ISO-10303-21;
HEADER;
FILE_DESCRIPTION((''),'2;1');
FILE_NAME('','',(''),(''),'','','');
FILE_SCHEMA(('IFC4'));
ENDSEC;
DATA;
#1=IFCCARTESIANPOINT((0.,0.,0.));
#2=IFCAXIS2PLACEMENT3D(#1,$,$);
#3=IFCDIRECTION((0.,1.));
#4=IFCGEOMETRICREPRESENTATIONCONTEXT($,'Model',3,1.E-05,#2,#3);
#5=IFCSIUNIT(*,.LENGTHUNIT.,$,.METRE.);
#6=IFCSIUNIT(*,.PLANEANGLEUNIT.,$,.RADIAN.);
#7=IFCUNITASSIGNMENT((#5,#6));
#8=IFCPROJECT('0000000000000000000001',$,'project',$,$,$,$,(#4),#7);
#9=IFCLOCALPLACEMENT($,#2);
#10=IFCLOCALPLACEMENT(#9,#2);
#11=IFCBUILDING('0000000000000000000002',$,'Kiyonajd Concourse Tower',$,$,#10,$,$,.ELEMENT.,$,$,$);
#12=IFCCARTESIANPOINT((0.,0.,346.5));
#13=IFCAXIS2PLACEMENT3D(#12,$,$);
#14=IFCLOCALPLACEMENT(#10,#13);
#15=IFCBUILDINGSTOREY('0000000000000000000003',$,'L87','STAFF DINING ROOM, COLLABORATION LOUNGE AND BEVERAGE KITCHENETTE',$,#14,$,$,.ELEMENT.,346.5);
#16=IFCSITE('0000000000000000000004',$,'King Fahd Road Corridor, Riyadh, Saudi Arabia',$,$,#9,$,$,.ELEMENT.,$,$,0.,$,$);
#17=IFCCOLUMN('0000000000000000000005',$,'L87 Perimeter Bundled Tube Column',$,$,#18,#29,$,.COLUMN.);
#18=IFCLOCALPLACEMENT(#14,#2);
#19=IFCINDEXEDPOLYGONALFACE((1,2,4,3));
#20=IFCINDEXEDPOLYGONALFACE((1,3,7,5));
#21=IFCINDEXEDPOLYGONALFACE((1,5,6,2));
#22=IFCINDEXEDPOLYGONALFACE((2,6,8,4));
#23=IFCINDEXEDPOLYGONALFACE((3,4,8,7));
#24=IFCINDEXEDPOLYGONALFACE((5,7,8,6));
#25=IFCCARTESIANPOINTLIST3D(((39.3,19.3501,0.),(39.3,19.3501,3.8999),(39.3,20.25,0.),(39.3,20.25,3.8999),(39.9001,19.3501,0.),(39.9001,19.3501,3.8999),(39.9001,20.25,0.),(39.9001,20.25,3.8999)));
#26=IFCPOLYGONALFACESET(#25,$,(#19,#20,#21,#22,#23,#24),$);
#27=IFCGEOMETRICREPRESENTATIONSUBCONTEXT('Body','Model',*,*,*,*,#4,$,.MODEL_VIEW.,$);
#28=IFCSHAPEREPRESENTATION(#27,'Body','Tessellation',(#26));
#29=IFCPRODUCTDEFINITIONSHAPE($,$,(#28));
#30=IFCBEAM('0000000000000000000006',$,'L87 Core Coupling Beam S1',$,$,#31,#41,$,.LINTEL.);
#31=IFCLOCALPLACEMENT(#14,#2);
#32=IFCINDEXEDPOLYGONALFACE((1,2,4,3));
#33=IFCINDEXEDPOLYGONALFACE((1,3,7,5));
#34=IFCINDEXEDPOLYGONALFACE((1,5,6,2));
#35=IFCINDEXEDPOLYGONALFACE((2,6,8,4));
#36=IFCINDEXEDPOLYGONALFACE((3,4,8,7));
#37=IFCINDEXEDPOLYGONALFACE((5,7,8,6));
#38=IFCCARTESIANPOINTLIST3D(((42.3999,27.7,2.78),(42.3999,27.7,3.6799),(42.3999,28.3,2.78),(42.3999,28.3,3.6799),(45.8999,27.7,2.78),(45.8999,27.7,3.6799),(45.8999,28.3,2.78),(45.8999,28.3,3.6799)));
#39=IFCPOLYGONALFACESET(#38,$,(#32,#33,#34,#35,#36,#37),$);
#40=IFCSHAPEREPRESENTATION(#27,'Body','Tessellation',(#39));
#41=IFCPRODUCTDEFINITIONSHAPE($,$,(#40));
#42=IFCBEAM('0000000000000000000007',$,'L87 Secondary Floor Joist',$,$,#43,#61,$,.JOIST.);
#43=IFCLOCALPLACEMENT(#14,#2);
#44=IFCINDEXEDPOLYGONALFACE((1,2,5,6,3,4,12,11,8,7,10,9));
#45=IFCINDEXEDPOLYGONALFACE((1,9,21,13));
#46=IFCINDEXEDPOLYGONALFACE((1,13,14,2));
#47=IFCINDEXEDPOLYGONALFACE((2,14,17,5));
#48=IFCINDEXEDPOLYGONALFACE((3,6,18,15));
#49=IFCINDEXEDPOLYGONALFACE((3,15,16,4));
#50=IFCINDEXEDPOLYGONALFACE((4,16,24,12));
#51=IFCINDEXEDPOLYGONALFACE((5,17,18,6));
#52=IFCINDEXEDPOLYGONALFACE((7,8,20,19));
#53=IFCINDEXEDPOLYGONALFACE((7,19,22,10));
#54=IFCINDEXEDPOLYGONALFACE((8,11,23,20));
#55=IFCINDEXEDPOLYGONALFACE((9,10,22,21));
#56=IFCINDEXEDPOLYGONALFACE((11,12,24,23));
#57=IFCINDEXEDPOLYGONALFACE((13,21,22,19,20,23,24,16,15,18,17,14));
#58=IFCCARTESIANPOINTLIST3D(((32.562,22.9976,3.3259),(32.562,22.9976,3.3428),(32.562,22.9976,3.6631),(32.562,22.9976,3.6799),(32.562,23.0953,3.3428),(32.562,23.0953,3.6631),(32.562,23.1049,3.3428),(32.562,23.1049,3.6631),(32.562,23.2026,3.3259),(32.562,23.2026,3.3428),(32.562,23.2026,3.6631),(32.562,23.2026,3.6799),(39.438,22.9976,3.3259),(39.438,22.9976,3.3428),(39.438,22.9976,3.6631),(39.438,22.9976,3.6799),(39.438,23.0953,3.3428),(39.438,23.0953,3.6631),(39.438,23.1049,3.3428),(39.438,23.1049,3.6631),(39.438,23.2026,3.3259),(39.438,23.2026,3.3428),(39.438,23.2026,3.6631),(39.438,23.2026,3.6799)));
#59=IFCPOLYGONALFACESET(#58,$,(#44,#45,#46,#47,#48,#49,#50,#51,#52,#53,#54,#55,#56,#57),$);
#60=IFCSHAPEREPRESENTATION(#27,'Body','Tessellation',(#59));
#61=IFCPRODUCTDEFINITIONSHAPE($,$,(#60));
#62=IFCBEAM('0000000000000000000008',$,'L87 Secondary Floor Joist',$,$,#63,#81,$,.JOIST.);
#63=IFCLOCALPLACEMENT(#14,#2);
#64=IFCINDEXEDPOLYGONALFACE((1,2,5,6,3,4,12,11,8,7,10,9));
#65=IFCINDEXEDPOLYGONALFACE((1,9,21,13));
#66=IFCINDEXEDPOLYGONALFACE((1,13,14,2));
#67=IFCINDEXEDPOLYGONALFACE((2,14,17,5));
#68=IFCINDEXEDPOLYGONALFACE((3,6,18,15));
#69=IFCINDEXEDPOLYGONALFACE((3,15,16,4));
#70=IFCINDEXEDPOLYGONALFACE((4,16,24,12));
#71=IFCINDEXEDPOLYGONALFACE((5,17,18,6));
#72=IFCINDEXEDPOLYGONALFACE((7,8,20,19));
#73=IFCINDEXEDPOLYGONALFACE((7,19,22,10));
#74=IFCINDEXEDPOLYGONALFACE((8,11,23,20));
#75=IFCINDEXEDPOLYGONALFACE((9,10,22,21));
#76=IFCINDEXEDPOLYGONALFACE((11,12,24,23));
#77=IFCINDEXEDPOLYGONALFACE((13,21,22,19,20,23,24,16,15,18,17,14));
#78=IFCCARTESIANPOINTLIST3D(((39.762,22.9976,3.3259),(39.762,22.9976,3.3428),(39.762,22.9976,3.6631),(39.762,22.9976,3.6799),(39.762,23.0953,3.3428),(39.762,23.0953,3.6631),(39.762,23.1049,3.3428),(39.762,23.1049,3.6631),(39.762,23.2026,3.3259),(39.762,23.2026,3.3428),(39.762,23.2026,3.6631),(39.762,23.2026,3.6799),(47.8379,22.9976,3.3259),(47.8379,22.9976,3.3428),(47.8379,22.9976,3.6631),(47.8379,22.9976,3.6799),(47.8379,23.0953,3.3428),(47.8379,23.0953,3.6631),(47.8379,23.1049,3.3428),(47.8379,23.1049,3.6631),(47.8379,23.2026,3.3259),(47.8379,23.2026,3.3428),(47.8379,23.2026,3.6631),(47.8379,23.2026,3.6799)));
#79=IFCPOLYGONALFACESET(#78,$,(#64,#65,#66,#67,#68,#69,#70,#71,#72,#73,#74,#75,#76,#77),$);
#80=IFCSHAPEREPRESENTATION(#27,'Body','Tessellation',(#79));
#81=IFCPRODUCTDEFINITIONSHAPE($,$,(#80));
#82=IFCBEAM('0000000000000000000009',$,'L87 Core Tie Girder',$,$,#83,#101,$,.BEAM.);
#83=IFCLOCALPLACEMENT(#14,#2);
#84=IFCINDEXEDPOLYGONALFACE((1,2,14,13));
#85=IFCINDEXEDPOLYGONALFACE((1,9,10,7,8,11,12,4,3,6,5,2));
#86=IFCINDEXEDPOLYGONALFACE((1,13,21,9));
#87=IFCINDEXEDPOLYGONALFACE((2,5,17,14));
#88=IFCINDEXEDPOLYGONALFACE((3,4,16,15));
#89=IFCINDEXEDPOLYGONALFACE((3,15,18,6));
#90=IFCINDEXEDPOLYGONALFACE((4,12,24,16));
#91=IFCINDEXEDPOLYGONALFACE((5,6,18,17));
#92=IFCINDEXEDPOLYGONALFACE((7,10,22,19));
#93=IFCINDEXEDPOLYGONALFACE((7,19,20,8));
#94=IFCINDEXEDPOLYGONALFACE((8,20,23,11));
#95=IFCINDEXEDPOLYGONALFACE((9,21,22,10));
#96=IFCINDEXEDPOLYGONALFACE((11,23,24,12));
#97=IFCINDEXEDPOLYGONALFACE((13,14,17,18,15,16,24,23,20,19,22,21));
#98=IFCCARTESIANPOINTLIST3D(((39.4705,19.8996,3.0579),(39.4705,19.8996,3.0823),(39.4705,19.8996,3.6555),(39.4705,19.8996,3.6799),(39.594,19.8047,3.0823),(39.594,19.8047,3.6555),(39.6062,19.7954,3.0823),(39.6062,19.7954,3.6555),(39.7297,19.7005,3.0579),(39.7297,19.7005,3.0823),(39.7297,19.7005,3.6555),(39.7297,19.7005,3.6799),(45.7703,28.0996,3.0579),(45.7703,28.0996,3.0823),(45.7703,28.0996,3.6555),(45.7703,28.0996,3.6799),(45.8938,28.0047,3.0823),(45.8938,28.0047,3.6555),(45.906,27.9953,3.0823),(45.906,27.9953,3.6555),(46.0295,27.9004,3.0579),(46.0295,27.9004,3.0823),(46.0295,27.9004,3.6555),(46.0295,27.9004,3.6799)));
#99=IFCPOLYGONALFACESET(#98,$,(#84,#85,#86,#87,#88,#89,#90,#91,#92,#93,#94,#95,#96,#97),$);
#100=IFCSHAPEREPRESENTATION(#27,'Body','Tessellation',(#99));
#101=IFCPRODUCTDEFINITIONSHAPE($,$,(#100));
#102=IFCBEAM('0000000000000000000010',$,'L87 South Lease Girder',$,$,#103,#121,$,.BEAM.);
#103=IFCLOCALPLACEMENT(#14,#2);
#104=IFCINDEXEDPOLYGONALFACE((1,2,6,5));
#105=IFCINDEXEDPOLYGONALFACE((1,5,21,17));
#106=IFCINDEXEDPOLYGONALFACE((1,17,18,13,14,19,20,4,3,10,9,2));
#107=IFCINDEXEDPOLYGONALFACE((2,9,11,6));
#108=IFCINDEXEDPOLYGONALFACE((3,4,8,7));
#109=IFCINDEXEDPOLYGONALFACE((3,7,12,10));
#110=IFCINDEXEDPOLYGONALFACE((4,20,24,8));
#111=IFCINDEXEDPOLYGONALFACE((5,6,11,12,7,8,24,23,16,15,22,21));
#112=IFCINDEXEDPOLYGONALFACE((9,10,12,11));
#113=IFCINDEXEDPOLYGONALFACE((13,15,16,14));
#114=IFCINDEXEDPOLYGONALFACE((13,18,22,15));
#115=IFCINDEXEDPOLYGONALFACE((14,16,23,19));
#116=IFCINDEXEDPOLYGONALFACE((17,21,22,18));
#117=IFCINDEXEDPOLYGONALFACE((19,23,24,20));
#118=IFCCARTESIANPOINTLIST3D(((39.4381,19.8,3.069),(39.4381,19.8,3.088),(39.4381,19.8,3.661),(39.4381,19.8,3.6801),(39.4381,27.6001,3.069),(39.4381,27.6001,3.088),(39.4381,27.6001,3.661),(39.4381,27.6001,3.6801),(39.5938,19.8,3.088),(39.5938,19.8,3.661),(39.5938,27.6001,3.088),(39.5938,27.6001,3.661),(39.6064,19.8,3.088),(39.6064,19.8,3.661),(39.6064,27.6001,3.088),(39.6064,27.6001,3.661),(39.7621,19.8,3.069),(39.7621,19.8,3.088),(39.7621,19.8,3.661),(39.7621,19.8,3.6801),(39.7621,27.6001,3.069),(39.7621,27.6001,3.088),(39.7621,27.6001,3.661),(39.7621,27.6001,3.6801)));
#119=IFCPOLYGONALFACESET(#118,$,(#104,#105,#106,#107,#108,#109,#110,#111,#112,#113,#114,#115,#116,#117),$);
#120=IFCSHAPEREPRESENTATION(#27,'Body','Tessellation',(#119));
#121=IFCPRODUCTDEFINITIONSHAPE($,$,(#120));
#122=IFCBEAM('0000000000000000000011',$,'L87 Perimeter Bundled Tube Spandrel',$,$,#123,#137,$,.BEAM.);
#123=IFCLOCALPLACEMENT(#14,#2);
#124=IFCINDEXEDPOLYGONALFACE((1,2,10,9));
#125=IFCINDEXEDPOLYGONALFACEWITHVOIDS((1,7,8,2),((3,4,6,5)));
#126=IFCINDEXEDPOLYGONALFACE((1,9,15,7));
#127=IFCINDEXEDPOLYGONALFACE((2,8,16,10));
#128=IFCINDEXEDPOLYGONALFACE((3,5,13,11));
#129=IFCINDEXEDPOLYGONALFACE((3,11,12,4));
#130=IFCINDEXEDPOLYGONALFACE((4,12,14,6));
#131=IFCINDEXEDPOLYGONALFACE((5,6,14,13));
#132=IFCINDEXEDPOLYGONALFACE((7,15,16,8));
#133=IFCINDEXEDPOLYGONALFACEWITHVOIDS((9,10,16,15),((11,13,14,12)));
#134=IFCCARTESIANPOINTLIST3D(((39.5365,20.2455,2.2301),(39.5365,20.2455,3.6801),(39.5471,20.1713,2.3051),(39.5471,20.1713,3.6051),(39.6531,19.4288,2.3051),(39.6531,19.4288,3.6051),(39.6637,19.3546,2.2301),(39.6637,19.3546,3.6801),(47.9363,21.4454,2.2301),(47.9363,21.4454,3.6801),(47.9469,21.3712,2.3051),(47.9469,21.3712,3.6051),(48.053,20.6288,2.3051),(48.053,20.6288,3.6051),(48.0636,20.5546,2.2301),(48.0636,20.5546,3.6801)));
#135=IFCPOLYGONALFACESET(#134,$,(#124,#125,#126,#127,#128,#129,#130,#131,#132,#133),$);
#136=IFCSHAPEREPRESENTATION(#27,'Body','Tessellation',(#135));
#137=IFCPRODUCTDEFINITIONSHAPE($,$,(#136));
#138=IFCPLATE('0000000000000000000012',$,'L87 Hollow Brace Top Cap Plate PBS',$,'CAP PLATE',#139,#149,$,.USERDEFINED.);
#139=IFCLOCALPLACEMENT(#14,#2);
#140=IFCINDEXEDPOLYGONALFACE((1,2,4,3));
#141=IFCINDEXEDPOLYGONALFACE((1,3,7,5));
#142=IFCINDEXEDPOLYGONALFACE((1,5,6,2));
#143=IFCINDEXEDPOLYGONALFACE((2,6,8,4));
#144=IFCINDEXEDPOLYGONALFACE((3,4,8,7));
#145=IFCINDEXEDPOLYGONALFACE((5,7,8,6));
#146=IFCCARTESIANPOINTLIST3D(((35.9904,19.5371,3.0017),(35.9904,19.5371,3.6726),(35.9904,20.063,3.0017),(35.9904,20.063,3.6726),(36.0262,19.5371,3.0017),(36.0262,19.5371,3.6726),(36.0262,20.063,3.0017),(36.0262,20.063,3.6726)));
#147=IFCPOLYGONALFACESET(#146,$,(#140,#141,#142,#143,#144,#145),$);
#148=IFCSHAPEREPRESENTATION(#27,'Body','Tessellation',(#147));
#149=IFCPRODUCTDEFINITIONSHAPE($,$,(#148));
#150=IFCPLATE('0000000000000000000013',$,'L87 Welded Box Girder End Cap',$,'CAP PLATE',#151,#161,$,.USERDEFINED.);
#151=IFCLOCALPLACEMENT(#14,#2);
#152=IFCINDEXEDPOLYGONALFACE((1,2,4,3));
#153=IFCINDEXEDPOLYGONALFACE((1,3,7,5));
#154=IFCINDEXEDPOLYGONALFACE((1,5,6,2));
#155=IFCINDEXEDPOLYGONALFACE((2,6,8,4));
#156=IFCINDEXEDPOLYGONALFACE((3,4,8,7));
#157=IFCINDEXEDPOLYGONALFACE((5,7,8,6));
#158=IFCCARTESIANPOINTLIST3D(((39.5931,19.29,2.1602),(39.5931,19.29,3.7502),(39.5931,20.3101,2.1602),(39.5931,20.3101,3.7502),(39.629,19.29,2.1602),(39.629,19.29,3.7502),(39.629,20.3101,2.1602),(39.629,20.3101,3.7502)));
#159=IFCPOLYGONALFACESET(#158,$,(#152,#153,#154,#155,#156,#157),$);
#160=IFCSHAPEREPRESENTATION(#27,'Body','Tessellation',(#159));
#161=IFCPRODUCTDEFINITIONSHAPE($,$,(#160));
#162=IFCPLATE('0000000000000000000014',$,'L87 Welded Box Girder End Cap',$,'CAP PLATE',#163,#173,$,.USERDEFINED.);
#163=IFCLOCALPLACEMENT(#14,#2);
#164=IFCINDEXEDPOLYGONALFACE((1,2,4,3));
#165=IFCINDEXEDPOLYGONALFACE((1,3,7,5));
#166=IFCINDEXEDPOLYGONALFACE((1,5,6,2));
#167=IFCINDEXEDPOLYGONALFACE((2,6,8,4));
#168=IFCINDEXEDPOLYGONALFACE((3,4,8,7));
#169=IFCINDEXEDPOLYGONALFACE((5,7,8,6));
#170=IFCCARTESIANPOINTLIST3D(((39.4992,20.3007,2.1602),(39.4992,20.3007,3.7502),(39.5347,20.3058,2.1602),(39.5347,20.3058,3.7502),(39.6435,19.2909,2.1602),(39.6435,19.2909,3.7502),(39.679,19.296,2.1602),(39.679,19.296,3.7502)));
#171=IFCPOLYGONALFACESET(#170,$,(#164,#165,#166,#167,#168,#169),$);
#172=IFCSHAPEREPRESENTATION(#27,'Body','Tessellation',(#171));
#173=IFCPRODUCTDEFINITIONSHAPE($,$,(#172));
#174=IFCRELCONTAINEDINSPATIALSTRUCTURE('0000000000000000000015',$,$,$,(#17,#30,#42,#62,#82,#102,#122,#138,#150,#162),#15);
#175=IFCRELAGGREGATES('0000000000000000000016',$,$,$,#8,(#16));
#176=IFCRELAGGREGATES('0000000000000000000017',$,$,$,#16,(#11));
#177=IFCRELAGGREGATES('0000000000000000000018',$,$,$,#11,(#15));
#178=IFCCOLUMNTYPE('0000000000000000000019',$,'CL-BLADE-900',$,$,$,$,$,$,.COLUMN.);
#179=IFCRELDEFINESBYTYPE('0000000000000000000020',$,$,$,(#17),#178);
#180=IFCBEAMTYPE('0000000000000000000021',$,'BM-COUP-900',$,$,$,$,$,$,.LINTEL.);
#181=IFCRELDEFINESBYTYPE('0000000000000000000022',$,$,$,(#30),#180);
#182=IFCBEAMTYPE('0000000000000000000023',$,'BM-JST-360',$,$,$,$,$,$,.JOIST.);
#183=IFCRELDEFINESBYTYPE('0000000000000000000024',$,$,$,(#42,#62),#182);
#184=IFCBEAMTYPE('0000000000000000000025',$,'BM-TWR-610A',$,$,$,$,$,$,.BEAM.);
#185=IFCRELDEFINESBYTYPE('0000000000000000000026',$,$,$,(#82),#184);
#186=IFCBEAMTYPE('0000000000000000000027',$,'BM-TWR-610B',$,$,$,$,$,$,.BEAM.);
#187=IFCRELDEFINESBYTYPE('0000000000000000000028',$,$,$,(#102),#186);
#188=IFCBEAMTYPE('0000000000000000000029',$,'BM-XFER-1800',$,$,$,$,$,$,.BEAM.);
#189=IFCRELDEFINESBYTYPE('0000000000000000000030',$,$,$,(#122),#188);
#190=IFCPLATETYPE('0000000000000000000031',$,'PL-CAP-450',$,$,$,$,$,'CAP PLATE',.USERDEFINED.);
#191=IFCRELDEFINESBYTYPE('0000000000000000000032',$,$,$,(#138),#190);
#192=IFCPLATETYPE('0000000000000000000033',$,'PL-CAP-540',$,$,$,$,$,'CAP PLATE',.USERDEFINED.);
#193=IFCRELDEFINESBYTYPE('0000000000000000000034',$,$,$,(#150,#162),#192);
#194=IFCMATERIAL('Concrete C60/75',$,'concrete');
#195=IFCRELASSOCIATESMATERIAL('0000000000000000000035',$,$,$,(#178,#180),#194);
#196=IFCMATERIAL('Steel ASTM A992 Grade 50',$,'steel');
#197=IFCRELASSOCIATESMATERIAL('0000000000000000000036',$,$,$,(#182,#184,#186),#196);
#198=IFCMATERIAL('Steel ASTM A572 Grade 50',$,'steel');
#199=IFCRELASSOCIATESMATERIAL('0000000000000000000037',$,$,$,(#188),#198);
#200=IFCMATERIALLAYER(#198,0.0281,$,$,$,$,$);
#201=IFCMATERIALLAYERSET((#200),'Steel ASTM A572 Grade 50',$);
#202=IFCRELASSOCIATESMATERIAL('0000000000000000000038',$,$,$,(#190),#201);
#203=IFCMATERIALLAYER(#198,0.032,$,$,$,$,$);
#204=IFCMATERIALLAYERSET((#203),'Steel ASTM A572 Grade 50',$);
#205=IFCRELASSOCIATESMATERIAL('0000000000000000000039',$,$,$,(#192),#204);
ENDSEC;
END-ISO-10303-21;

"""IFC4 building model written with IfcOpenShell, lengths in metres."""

from ifc_helpers import new_model, si_unit, direction, frame, origin, origin_2d, place, context, subcontext, project, spatial, rectangle, hollow_rectangle, i_section, extrude, material, layer, layer_set, material_profile, profile_set, type_object, element, save


model = new_model("IFC4")

# Units and contexts
model_context = context("Model", 3, precision=1e-05, world=origin(), true_north=direction((0.0, 1.0)))
body_context = subcontext(model_context, "Body", "Model", "MODEL_VIEW")
ifc_project = project(units=[si_unit("LENGTHUNIT", "METRE"), si_unit("PLANEANGLEUNIT", "RADIAN")], contexts=[model_context])

# Site, building, storey
site_placement = place(None, origin())
site = spatial("IfcSite", under=ifc_project, at=site_placement, Name="King Fahd Road Corridor, Riyadh, Saudi Arabia", CompositionType="ELEMENT", RefElevation=0.0)
building_placement = place(site_placement, origin())
building = spatial("IfcBuilding", under=site, at=building_placement, Name="Kiyonajd Concourse Tower", CompositionType="ELEMENT")
storey_placement = place(building_placement, frame((0.0, 0.0, 346.5)))
storey = spatial("IfcBuildingStorey", under=building, at=storey_placement, Name="L87", Description="STAFF DINING ROOM, COLLABORATION LOUNGE AND BEVERAGE KITCHENETTE", CompositionType="ELEMENT", Elevation=346.5)

# Column
ifc_material_1 = material(Name="Concrete C60/75", Category="concrete")
ifc_material_profile_1 = material_profile(ifc_material_1, rectangle(XDim=0.6001, YDim=0.8999, at=origin_2d()), Name="RC-900x600")
ifc_profile_set_1 = profile_set([ifc_material_profile_1], Name="Concrete C60/75")
column_type = type_object("IfcColumnType", Name="CL-BLADE-900", PredefinedType="COLUMN", material=ifc_profile_set_1)
column_placement = place(storey_placement, frame((39.6001, 19.8, 0.0), z_axis=(0.0, 0.0, 1.0), x_axis=(1.0, 0.0, 0.0)))
element("IfcColumn", 1, at=column_placement, inside=storey, type_object=column_type, Name="L87 Perimeter Bundled Tube Column", PredefinedType="COLUMN", context=body_context, shape_type="SweptSolid", body=[
    extrude(rectangle(XDim=0.6001, YDim=0.8999, at=origin_2d()), origin(), (0.0, 0.0, 1.0), 3.8999),
])

# Beams
ifc_material_profile_2 = material_profile(ifc_material_1, rectangle(XDim=0.6001, YDim=0.8999, at=origin_2d()), Name="RCBM-600x900")
ifc_profile_set_2 = profile_set([ifc_material_profile_2], Name="Concrete C60/75")
beam_type_1 = type_object("IfcBeamType", Name="BM-COUP-900", PredefinedType="LINTEL", material=ifc_profile_set_2)
beam_1_placement = place(storey_placement, frame((42.3999, 28.0, 3.23), z_axis=(1.0, 0.0, 0.0), x_axis=(0.0, 1.0, 0.0)))
element("IfcBeam", 2, at=beam_1_placement, inside=storey, type_object=beam_type_1, Name="L87 Core Coupling Beam S1", PredefinedType="LINTEL", context=body_context, shape_type="SweptSolid", body=[
    extrude(rectangle(XDim=0.6001, YDim=0.8999, at=origin_2d()), origin(), (0.0, 0.0, 1.0), 3.5),
])
ifc_material_2 = material(Name="Steel ASTM A992 Grade 50", Category="steel")
ifc_material_profile_3 = material_profile(ifc_material_2, i_section(OverallWidth=0.2051, OverallDepth=0.354, WebThickness=0.0095, FlangeThickness=0.0168, at=origin_2d()), Name="W360X79")
ifc_profile_set_3 = profile_set([ifc_material_profile_3], Name="Steel ASTM A992 Grade 50")
beam_type_2 = type_object("IfcBeamType", Name="BM-JST-360", PredefinedType="JOIST", material=ifc_profile_set_3)
beam_2_placement = place(storey_placement, frame((32.562, 23.1001, 3.5029), z_axis=(1.0, 0.0, 0.0), x_axis=(0.0, 1.0, 0.0)))
element("IfcBeam", 3, at=beam_2_placement, inside=storey, type_object=beam_type_2, Name="L87 Secondary Floor Joist", PredefinedType="JOIST", context=body_context, shape_type="SweptSolid", body=[
    extrude(i_section(OverallWidth=0.2051, OverallDepth=0.354, WebThickness=0.0095, FlangeThickness=0.0168, at=origin_2d()), origin(), (0.0, 0.0, 1.0), 6.876),
])
beam_3_placement = place(storey_placement, frame((39.762, 23.1001, 3.5029), z_axis=(1.0, 0.0, 0.0), x_axis=(0.0, 1.0, 0.0)))
element("IfcBeam", 4, at=beam_3_placement, inside=storey, type_object=beam_type_2, Name="L87 Secondary Floor Joist", PredefinedType="JOIST", context=body_context, shape_type="SweptSolid", body=[
    extrude(i_section(OverallWidth=0.2051, OverallDepth=0.354, WebThickness=0.0095, FlangeThickness=0.0168, at=origin_2d()), origin(), (0.0, 0.0, 1.0), 8.0759),
])
ifc_material_profile_4 = material_profile(ifc_material_2, i_section(OverallWidth=0.3269, OverallDepth=0.6221, WebThickness=0.0154, FlangeThickness=0.0244, at=origin_2d()), Name="W610X195")
ifc_profile_set_4 = profile_set([ifc_material_profile_4], Name="Steel ASTM A992 Grade 50")
beam_type_3 = type_object("IfcBeamType", Name="BM-TWR-610A", PredefinedType="BEAM", material=ifc_profile_set_4)
beam_4_placement = place(storey_placement, frame((39.6001, 19.8, 3.3689), z_axis=(0.609234, 0.792991, 0.0), x_axis=(-0.792991, 0.609234, 0.0)))
element("IfcBeam", 5, at=beam_4_placement, inside=storey, type_object=beam_type_3, Name="L87 Core Tie Girder", PredefinedType="BEAM", context=body_context, shape_type="SweptSolid", body=[
    extrude(i_section(OverallWidth=0.3269, OverallDepth=0.6221, WebThickness=0.0154, FlangeThickness=0.0244, at=origin_2d()), origin(), (0.0, 0.0, 1.0), 10.3406),
])
ifc_material_profile_5 = material_profile(ifc_material_2, i_section(OverallWidth=0.324, OverallDepth=0.6111, WebThickness=0.0127, FlangeThickness=0.019, at=origin_2d()), Name="W610X155")
ifc_profile_set_5 = profile_set([ifc_material_profile_5], Name="Steel ASTM A992 Grade 50")
beam_type_4 = type_object("IfcBeamType", Name="BM-TWR-610B", PredefinedType="BEAM", material=ifc_profile_set_5)
beam_5_placement = place(storey_placement, frame((39.6001, 19.8, 3.3745), z_axis=(0.0, 1.0, 0.0), x_axis=(-1.0, 0.0, 0.0)))
element("IfcBeam", 6, at=beam_5_placement, inside=storey, type_object=beam_type_4, Name="L87 South Lease Girder", PredefinedType="BEAM", context=body_context, shape_type="SweptSolid", body=[
    extrude(i_section(OverallWidth=0.324, OverallDepth=0.6111, WebThickness=0.0127, FlangeThickness=0.019, at=origin_2d()), origin(), (0.0, 0.0, 1.0), 7.8),
])
ifc_material_3 = material(Name="Steel ASTM A572 Grade 50", Category="steel")
ifc_material_profile_6 = material_profile(ifc_material_3, hollow_rectangle(XDim=0.8999, YDim=1.45, WallThickness=0.075, at=origin_2d()), Name="BOX-1450x900x75")
ifc_profile_set_6 = profile_set([ifc_material_profile_6], Name="Steel ASTM A572 Grade 50")
beam_type_5 = type_object("IfcBeamType", Name="BM-XFER-1800", PredefinedType="BEAM", material=ifc_profile_set_6)
beam_6_placement = place(storey_placement, frame((39.6001, 19.8, 2.9551), z_axis=(0.98995, 0.141417, 0.0), x_axis=(-0.141417, 0.98995, 0.0)))
element("IfcBeam", 7, at=beam_6_placement, inside=storey, type_object=beam_type_5, Name="L87 Perimeter Bundled Tube Spandrel", PredefinedType="BEAM", context=body_context, shape_type="SweptSolid", body=[
    extrude(hollow_rectangle(XDim=0.8999, YDim=1.45, WallThickness=0.075, at=origin_2d()), origin(), (0.0, 0.0, 1.0), 8.4851),
])

# Plates
ifc_layer_1 = layer(ifc_material_3, 0.0281)
ifc_layer_set_1 = layer_set([ifc_layer_1], Name="Steel ASTM A572 Grade 50")
plate_type_1 = type_object("IfcPlateType", Name="PL-CAP-450", ElementType="CAP PLATE", PredefinedType="USERDEFINED", material=ifc_layer_set_1)
plate_1_placement = place(storey_placement, frame((36.0083, 19.8, 3.0017), z_axis=(0.0, 0.0, 1.0), x_axis=(1.0, 0.0, 0.0)))
element("IfcPlate", 8, at=plate_1_placement, inside=storey, type_object=plate_type_1, Name="L87 Hollow Brace Top Cap Plate PBS", ObjectType="CAP PLATE", PredefinedType="USERDEFINED", context=body_context, shape_type="SweptSolid", body=[
    extrude(rectangle(XDim=0.0359, YDim=0.5259, at=origin_2d()), origin(), (0.0, 0.0, 1.0), 0.6709),
])
ifc_layer_2 = layer(ifc_material_3, 0.032)
ifc_layer_set_2 = layer_set([ifc_layer_2], Name="Steel ASTM A572 Grade 50")
plate_type_2 = type_object("IfcPlateType", Name="PL-CAP-540", ElementType="CAP PLATE", PredefinedType="USERDEFINED", material=ifc_layer_set_2)
for number, where, z_axis, x_axis, name in (
    (9, (39.6111, 19.8, 2.1602), (0.0, 0.0, 1.0), (1.0, 0.0, 0.0), "L87 Welded Box Girder End Cap"),
    (10, (39.5891, 19.7983, 2.1602), (0.0, 0.0, 1.0), (-0.98995, -0.14142, 0.0), "L87 Welded Box Girder End Cap"),
):
    element("IfcPlate", number, at=place(storey_placement, frame(where, z_axis=z_axis, x_axis=x_axis)), inside=storey, type_object=plate_type_2, Name=name, ObjectType="CAP PLATE", PredefinedType="USERDEFINED", context=body_context, shape_type="SweptSolid", body=[
        extrude(rectangle(XDim=0.0359, YDim=1.02, at=origin_2d()), origin(), (0.0, 0.0, 1.0), 1.5901),
    ])

save(model, "model.ifc")
